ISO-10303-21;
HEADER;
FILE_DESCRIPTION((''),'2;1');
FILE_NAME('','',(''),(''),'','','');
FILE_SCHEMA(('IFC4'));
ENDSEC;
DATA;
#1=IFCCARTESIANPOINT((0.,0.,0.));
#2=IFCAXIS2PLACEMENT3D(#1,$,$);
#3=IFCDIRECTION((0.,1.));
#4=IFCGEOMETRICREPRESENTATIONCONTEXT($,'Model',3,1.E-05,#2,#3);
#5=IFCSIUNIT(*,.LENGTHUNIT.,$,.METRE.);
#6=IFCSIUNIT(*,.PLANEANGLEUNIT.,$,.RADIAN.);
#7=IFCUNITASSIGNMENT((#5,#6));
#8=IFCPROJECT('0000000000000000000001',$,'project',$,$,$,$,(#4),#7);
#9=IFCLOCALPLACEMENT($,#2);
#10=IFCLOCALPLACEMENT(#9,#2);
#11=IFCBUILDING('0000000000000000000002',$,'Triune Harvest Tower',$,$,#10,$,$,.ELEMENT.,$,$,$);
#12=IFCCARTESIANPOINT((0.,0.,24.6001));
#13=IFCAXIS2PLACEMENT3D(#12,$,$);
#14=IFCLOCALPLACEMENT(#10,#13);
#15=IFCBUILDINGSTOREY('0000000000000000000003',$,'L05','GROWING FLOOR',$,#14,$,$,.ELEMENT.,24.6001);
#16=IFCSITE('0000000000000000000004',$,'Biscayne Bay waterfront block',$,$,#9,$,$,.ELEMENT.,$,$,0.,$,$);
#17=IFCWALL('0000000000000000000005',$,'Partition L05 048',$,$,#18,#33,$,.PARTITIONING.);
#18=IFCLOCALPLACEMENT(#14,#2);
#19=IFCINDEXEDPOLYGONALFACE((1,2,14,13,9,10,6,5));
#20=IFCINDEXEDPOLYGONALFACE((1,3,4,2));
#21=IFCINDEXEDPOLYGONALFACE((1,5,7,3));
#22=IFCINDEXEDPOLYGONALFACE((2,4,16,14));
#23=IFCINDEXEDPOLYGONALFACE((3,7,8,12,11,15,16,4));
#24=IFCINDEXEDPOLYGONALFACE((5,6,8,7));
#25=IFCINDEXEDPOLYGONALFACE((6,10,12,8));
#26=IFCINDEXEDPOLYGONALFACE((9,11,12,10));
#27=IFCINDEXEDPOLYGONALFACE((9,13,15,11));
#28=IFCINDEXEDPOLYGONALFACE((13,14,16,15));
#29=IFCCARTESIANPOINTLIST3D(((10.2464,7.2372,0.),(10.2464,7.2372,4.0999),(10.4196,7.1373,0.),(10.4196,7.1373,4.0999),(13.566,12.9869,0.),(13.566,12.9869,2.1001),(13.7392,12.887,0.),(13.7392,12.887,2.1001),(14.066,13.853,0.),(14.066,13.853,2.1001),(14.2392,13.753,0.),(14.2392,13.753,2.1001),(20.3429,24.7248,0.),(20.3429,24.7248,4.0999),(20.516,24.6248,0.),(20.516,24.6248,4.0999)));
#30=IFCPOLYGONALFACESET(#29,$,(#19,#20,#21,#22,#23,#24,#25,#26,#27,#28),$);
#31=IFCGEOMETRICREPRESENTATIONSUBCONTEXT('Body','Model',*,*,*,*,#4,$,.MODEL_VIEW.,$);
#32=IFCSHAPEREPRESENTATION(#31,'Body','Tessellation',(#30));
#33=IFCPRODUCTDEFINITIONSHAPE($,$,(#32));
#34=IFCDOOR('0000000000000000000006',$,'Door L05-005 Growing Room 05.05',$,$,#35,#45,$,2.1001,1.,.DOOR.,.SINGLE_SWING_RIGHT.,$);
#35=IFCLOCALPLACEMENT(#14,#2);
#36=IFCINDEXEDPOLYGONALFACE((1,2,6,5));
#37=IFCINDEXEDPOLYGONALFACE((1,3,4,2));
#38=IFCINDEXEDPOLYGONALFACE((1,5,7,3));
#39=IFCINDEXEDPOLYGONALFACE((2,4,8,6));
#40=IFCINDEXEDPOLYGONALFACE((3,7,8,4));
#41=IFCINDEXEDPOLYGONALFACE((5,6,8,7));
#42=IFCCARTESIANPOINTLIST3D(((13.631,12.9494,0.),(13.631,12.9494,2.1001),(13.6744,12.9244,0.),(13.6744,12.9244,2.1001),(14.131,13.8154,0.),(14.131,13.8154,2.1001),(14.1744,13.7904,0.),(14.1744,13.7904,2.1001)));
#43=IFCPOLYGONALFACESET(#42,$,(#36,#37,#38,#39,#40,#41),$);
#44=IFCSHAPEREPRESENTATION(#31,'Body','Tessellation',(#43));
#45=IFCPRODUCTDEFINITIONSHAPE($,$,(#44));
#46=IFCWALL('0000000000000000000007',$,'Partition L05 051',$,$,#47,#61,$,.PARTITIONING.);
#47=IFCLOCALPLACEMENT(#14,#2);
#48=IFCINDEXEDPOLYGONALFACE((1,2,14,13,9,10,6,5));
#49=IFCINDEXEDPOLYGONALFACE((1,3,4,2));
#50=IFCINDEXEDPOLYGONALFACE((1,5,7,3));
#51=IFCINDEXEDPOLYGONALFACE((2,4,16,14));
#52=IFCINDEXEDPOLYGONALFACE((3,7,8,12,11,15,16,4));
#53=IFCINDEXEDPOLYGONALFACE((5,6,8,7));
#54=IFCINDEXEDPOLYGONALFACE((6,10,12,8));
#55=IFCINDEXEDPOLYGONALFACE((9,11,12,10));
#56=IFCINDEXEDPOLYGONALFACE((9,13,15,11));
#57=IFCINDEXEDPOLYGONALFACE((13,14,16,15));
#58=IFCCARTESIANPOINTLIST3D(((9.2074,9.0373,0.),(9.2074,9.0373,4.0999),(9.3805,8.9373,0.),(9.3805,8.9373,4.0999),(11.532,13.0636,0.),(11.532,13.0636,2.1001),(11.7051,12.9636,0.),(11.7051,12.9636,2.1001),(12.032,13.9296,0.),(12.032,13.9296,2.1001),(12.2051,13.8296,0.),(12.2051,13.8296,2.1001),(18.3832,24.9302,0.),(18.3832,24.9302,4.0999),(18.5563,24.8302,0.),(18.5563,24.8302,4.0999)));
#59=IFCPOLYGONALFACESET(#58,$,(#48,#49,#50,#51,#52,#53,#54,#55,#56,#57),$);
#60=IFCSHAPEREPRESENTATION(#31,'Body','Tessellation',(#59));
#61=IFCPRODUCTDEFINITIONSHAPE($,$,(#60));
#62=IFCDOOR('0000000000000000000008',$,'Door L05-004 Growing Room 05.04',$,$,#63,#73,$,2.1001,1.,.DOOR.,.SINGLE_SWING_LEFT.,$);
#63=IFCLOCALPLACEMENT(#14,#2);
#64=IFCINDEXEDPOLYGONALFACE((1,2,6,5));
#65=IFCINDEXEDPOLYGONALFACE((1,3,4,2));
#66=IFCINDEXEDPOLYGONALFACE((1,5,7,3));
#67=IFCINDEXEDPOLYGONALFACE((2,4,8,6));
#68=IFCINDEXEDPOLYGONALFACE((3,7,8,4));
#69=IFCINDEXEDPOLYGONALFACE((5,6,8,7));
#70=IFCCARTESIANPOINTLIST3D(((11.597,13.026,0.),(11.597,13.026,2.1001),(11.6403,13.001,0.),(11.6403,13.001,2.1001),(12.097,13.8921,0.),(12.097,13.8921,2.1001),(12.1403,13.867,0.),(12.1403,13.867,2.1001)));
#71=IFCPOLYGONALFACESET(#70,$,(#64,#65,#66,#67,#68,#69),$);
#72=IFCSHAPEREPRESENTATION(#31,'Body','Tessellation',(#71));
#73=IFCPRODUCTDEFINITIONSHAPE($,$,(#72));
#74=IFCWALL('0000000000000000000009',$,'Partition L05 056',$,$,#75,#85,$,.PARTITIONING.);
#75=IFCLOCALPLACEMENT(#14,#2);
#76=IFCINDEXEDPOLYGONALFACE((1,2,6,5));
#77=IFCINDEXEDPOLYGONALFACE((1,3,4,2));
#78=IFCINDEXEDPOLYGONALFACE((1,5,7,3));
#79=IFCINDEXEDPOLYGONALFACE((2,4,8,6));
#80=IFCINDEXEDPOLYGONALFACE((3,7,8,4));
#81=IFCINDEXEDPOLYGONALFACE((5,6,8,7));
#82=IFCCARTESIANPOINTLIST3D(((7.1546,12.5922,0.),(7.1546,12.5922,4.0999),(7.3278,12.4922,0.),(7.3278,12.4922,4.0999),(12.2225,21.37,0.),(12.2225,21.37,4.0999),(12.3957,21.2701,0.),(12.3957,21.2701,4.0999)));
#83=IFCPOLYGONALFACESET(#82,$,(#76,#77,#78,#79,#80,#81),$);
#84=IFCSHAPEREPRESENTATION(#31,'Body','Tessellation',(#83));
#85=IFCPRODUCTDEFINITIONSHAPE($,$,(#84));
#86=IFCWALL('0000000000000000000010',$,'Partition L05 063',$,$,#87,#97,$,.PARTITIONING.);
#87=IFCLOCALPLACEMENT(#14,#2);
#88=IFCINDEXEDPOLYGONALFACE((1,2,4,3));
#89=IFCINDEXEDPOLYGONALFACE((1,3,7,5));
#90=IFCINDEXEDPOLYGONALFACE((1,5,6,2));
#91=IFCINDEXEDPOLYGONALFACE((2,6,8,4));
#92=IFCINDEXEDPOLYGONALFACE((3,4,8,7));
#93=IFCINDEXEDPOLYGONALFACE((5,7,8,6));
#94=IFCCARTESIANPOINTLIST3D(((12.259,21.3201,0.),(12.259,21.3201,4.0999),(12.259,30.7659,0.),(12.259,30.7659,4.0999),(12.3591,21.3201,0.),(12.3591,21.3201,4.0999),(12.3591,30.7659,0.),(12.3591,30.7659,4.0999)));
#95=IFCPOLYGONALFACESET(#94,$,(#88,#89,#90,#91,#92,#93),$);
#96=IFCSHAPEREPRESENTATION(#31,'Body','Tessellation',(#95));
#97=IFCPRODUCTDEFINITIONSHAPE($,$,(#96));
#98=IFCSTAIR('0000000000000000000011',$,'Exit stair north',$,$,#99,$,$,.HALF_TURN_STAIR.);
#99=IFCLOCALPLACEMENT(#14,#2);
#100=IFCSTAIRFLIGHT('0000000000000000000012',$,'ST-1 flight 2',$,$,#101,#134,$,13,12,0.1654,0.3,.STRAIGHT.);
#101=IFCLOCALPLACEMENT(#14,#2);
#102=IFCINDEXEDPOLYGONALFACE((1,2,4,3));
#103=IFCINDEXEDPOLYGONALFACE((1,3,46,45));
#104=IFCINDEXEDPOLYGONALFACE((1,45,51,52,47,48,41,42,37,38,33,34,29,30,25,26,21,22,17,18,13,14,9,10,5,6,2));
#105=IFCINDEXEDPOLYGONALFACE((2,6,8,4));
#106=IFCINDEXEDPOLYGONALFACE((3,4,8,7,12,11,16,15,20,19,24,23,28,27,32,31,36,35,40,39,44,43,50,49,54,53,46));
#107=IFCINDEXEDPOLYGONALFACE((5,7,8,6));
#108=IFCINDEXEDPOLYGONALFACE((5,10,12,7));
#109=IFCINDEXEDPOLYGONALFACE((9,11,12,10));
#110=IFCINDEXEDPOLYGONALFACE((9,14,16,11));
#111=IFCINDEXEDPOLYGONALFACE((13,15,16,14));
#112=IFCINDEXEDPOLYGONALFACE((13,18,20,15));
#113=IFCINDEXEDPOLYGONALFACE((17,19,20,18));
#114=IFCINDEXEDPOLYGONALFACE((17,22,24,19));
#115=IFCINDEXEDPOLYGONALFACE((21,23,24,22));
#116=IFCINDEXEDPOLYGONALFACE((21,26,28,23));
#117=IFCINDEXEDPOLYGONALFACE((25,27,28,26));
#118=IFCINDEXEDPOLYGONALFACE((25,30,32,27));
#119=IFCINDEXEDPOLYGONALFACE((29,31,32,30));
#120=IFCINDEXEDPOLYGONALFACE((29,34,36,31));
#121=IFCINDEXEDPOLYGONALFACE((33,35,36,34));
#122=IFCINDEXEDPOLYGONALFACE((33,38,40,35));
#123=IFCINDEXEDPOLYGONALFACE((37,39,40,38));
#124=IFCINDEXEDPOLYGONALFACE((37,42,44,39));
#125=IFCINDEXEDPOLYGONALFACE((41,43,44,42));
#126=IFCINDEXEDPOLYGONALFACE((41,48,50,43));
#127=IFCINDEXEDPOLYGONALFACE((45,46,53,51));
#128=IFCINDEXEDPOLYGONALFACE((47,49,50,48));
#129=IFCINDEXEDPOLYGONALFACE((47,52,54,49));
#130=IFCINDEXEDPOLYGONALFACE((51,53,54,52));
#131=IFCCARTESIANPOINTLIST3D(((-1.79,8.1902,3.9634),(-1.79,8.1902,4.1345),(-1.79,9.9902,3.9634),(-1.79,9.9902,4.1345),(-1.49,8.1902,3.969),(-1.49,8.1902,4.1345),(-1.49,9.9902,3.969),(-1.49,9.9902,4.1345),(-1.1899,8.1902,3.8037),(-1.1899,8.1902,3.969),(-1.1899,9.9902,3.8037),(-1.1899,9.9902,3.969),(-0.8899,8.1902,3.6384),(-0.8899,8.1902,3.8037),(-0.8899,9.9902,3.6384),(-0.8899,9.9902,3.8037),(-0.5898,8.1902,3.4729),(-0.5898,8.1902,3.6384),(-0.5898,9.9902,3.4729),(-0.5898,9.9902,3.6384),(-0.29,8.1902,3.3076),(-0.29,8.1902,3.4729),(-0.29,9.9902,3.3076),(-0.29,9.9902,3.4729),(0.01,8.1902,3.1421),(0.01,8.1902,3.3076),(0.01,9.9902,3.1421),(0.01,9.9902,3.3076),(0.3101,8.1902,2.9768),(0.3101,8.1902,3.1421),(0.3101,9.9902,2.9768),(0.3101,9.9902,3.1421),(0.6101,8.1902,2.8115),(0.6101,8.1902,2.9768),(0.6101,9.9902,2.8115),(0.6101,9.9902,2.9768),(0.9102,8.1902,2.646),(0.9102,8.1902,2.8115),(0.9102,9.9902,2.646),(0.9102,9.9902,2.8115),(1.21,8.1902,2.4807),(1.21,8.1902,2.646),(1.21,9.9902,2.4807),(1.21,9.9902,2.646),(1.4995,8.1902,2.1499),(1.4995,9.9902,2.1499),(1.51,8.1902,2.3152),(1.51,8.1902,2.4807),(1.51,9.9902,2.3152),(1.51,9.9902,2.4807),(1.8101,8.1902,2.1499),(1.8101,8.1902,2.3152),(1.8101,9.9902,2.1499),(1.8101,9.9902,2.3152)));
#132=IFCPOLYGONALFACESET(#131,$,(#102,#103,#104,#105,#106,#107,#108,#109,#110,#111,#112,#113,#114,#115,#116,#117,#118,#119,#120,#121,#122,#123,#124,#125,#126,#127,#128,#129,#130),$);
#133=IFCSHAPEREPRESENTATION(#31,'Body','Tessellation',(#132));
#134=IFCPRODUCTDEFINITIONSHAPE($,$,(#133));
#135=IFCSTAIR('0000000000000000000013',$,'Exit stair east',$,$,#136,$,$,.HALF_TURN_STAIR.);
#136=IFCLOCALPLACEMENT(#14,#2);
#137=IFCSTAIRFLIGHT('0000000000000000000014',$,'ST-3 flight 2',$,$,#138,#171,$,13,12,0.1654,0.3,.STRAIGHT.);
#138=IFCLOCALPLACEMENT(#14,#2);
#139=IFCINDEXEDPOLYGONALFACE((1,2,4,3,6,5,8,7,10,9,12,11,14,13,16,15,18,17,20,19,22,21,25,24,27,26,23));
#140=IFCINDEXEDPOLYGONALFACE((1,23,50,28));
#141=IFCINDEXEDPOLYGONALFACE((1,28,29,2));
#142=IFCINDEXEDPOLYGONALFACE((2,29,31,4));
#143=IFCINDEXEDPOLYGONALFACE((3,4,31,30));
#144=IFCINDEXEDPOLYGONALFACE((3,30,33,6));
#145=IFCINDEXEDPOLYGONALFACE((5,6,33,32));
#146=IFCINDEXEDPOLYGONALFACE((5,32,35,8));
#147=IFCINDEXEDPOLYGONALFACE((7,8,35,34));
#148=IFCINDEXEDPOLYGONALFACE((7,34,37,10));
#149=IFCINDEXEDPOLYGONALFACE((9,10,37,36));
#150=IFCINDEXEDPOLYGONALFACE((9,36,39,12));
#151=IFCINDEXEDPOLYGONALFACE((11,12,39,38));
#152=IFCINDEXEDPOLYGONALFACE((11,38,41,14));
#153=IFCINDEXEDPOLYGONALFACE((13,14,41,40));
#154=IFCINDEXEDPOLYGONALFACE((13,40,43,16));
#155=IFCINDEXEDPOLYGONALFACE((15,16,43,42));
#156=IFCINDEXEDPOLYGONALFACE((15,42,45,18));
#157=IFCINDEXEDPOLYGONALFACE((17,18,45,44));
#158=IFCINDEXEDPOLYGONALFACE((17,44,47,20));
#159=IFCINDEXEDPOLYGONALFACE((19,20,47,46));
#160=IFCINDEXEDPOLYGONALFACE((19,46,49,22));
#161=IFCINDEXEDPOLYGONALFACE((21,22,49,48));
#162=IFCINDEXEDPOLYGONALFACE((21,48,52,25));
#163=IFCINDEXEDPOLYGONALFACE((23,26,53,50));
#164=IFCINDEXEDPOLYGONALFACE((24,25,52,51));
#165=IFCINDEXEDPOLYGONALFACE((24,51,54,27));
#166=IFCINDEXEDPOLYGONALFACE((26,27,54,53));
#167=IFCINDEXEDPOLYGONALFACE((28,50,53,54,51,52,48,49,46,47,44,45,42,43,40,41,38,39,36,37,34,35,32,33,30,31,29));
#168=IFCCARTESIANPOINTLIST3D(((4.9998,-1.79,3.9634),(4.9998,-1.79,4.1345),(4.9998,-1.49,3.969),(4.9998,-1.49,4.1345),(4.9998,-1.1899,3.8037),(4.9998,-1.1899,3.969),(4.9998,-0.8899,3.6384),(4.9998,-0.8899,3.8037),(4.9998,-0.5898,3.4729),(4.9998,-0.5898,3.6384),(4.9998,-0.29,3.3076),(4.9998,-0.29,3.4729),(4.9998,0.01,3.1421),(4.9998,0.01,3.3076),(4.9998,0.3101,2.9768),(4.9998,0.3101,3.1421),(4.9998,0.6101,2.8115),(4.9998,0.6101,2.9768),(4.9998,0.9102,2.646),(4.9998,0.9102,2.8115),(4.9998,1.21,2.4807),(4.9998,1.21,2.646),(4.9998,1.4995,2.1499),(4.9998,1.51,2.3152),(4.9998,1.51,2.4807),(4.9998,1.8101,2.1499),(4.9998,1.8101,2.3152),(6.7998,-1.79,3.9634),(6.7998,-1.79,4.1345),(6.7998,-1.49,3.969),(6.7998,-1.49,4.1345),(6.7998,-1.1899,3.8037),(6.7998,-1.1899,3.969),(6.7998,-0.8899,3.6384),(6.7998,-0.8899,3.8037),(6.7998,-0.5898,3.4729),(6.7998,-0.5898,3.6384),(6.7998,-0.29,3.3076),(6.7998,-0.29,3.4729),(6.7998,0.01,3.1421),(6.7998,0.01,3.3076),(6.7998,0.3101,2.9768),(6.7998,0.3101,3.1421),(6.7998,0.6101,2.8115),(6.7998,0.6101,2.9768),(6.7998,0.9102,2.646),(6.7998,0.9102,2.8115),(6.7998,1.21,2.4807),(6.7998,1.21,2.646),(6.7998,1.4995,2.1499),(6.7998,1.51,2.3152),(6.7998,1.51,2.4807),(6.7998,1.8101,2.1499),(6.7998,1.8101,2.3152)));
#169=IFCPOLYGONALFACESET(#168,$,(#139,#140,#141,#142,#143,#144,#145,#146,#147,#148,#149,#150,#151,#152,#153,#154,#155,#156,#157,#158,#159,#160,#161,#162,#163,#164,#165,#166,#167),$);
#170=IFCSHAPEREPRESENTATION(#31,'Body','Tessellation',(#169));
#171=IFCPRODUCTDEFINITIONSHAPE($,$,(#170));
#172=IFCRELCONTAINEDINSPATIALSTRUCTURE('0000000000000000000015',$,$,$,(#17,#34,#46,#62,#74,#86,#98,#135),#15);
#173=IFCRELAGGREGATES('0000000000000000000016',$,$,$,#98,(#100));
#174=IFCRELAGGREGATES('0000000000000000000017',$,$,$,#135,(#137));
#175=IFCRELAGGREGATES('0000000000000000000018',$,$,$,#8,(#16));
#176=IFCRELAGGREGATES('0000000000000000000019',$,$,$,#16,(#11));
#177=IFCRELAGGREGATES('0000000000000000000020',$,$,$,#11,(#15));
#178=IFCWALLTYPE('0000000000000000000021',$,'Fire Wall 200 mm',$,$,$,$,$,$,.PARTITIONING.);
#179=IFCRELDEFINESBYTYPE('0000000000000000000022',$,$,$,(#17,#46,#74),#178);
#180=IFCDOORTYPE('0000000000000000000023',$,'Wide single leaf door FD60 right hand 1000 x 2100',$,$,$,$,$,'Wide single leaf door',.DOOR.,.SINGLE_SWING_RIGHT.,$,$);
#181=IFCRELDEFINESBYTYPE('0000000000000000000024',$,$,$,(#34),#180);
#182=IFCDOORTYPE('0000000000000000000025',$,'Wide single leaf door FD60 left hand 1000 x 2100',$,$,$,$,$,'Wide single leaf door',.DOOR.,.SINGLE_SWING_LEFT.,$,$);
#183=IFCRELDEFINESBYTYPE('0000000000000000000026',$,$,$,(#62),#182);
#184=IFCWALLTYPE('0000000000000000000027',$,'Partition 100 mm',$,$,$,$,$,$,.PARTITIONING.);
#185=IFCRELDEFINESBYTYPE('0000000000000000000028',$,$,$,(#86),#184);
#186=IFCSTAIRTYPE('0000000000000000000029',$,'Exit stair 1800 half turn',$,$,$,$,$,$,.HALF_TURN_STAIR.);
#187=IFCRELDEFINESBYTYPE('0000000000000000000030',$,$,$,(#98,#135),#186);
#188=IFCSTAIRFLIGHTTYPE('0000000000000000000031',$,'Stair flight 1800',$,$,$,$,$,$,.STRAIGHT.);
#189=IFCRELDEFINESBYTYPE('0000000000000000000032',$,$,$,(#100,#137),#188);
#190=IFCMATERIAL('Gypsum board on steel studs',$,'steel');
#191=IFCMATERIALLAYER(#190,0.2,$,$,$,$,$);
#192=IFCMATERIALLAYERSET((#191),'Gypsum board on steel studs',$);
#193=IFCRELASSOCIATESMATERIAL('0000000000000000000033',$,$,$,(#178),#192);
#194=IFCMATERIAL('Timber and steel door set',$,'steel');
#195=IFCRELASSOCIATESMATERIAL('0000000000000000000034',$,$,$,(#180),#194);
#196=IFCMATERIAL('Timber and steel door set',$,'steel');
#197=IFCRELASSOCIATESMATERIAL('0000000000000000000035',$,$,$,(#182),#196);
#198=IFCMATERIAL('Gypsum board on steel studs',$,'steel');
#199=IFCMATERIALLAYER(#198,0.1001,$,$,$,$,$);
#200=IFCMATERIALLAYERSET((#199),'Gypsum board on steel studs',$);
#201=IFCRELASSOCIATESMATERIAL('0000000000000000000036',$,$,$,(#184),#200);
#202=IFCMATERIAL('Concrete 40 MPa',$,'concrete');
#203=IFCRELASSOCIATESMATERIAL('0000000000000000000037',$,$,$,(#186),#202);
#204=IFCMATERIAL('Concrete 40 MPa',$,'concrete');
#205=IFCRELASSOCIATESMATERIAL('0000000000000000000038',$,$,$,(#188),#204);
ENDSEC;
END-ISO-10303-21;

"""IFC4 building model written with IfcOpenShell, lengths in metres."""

from ifc_helpers import new_model, si_unit, direction, frame, frame_2d, origin, place, context, subcontext, project, spatial, polyline, rectangle, outline, extrude, source, transform, mapped, material, layer, layer_set, type_object, element, fill, aggregate, save


model = new_model("IFC4")

# Units and contexts
model_context = context("Model", 3, precision=1e-05, world=origin(), true_north=direction((0.0, 1.0)))
body_context = subcontext(model_context, "Body", "Model", "MODEL_VIEW")
ifc_project = project(units=[si_unit("LENGTHUNIT", "METRE"), si_unit("PLANEANGLEUNIT", "RADIAN")], contexts=[model_context])

# Site, building, storey
site_placement = place(None, origin())
site = spatial("IfcSite", under=ifc_project, at=site_placement, Name="Biscayne Bay waterfront block", CompositionType="ELEMENT", RefElevation=0.0)
building_placement = place(site_placement, origin())
building = spatial("IfcBuilding", under=site, at=building_placement, Name="Triune Harvest Tower", CompositionType="ELEMENT")
storey_placement = place(building_placement, frame((0.0, 0.0, 24.6001)))
storey = spatial("IfcBuildingStorey", under=building, at=storey_placement, Name="L05", Description="GROWING FLOOR", CompositionType="ELEMENT", Elevation=24.6001)

# Shared definitions
ifc_material_1 = material(Name="Gypsum board on steel studs", Category="steel")
ifc_layer_1 = layer(ifc_material_1, 0.2)
ifc_layer_set_1 = layer_set([ifc_layer_1], Name="Gypsum board on steel studs")
wall_type_1 = type_object("IfcWallType", Name="Fire Wall 200 mm", PredefinedType="PARTITIONING", material=ifc_layer_set_1)

# Walls, openings, doors
ifc_material_2 = material(Name="Timber and steel door set", Category="steel")
door_type_1 = type_object("IfcDoorType", Name="Wide single leaf door FD60 right hand 1000 x 2100", ElementType="Wide single leaf door", OperationType="SINGLE_SWING_RIGHT", PredefinedType="DOOR", material=ifc_material_2)
shared_shape_1 = source(origin(), body_context, "Body", "SweptSolid", [
    extrude(rectangle(XDim=20.1929, YDim=0.2, at=frame_2d((10.0964, 0.0))), origin(), (0.0, 0.0, 1.0), 4.0999),
])
wall_1_placement = place(storey_placement, frame((10.333, 7.1873, 0.0), z_axis=(0.0, 0.0, 1.0), x_axis=(0.5, 0.866026, 0.0)))
wall_1 = element("IfcWall", 1, at=wall_1_placement, inside=storey, type_object=wall_type_1, Name="Partition L05 048", PredefinedType="PARTITIONING", context=body_context, shape_type="MappedRepresentation", body=[
    mapped(shared_shape_1, transform((0.0, 0.0, 0.0), scale=1.0)),
])
opening_1_placement = place(wall_1_placement, frame((6.6392, 0.0, 0.0)))
opening_1 = element("IfcOpeningElement", 2, at=opening_1_placement, cuts=wall_1, PredefinedType="OPENING", context=body_context, shape_type="SweptSolid", body=[
    extrude(rectangle(XDim=1.0, YDim=2.1001, at=frame_2d((0.5, 1.05))), frame((0.0, 0.1099, 0.0), z_axis=(0.0, -1.0, 0.0), x_axis=(1.0, 0.0, 0.0)), (0.0, 0.0, 1.0), 0.22),
])
door_1_placement = place(opening_1_placement, origin())
door_1 = element("IfcDoor", 3, at=door_1_placement, inside=storey, type_object=door_type_1, Name="Door L05-005 Growing Room 05.05", OperationType="SINGLE_SWING_RIGHT", OverallHeight=2.1001, OverallWidth=1.0, PredefinedType="DOOR", context=body_context, shape_type="SweptSolid", body=[
    extrude(rectangle(XDim=1.0, YDim=2.1001, at=frame_2d((0.5, 1.05))), frame((0.0, 0.0249, 0.0), z_axis=(0.0, -1.0, 0.0), x_axis=(1.0, 0.0, 0.0)), (0.0, 0.0, 1.0), 0.05),
])
fill(opening_1, door_1)
shared_shape_2 = source(origin(), body_context, "Body", "SweptSolid", [
    extrude(rectangle(XDim=18.3516, YDim=0.2, at=frame_2d((9.1758, 0.0))), origin(), (0.0, 0.0, 1.0), 4.0999),
])
wall_2_placement = place(storey_placement, frame((9.2939, 8.9873, 0.0), z_axis=(0.0, 0.0, 1.0), x_axis=(0.500002, 0.866024, 0.0)))
wall_2 = element("IfcWall", 4, at=wall_2_placement, inside=storey, type_object=wall_type_1, Name="Partition L05 051", PredefinedType="PARTITIONING", context=body_context, shape_type="MappedRepresentation", body=[
    mapped(shared_shape_2, transform((0.0, 0.0, 0.0), scale=1.0)),
])
opening_2_placement = place(wall_2_placement, frame((4.6492, 0.0, 0.0)))
opening_2 = element("IfcOpeningElement", 5, at=opening_2_placement, cuts=wall_2, PredefinedType="OPENING", context=body_context, shape_type="SweptSolid", body=[
    extrude(rectangle(XDim=1.0, YDim=2.1001, at=frame_2d((0.5, 1.05))), frame((0.0, 0.1099, 0.0), z_axis=(0.0, -1.0, 0.0), x_axis=(1.0, 0.0, 0.0)), (0.0, 0.0, 1.0), 0.22),
])
ifc_material_3 = material(Name="Timber and steel door set", Category="steel")
door_type_2 = type_object("IfcDoorType", Name="Wide single leaf door FD60 left hand 1000 x 2100", ElementType="Wide single leaf door", OperationType="SINGLE_SWING_LEFT", PredefinedType="DOOR", material=ifc_material_3)
door_2_placement = place(opening_2_placement, origin())
door_2 = element("IfcDoor", 6, at=door_2_placement, inside=storey, type_object=door_type_2, Name="Door L05-004 Growing Room 05.04", OperationType="SINGLE_SWING_LEFT", OverallHeight=2.1001, OverallWidth=1.0, PredefinedType="DOOR", context=body_context, shape_type="SweptSolid", body=[
    extrude(rectangle(XDim=1.0, YDim=2.1001, at=frame_2d((0.5, 1.05))), frame((0.0, 0.0249, 0.0), z_axis=(0.0, -1.0, 0.0), x_axis=(1.0, 0.0, 0.0)), (0.0, 0.0, 1.0), 0.05),
])
fill(opening_2, door_2)

# Walls
shared_shape_3 = source(origin(), body_context, "Body", "SweptSolid", [
    extrude(rectangle(XDim=10.1357, YDim=0.2, at=frame_2d((5.0679, 0.0))), origin(), (0.0, 0.0, 1.0), 4.0999),
])
wall_3_placement = place(storey_placement, frame((7.2412, 12.5422, 0.0), z_axis=(0.0, 0.0, 1.0), x_axis=(0.499999, 0.866026, 0.0)))
element("IfcWall", 7, at=wall_3_placement, inside=storey, type_object=wall_type_1, Name="Partition L05 056", PredefinedType="PARTITIONING", context=body_context, shape_type="MappedRepresentation", body=[
    mapped(shared_shape_3, transform((0.0, 0.0, 0.0), scale=1.0)),
])
ifc_material_4 = material(Name="Gypsum board on steel studs", Category="steel")
ifc_layer_2 = layer(ifc_material_4, 0.1001)
ifc_layer_set_2 = layer_set([ifc_layer_2], Name="Gypsum board on steel studs")
wall_type_2 = type_object("IfcWallType", Name="Partition 100 mm", PredefinedType="PARTITIONING", material=ifc_layer_set_2)
shared_shape_4 = source(origin(), body_context, "Body", "SweptSolid", [
    extrude(rectangle(XDim=9.4458, YDim=0.1001, at=frame_2d((4.7229, 0.0))), origin(), (0.0, 0.0, 1.0), 4.0999),
])
wall_4_placement = place(storey_placement, frame((12.3091, 21.3201, 0.0), z_axis=(0.0, 0.0, 1.0), x_axis=(0.0, 1.0, 0.0)))
element("IfcWall", 8, at=wall_4_placement, inside=storey, type_object=wall_type_2, Name="Partition L05 063", PredefinedType="PARTITIONING", context=body_context, shape_type="MappedRepresentation", body=[
    mapped(shared_shape_4, transform((0.0, 0.0, 0.0), scale=1.0)),
])

# Stairs, stair flights
ifc_material_5 = material(Name="Concrete 40 MPa", Category="concrete")
stair_type = type_object("IfcStairType", Name="Exit stair 1800 half turn", PredefinedType="HALF_TURN_STAIR", material=ifc_material_5)
stair_1_placement = place(storey_placement, origin())
stair_1 = element("IfcStair", 9, at=stair_1_placement, inside=storey, type_object=stair_type, Name="Exit stair north", PredefinedType="HALF_TURN_STAIR")
ifc_material_6 = material(Name="Concrete 40 MPa", Category="concrete")
stair_flight_type = type_object("IfcStairFlightType", Name="Stair flight 1800", PredefinedType="STRAIGHT", material=ifc_material_6)
shared_shape_5 = source(origin(), body_context, "Body", "SweptSolid", [
    extrude(outline(polyline([(0.0, 0.0), (0.0, 0.1653), (0.3, 0.1653), (0.3, 0.3308), (0.6001, 0.3308), (0.6001, 0.4961), (0.8999, 0.4961), (0.8999, 0.6616), (1.2, 0.6616), (1.2, 0.8269), (1.5, 0.8269), (1.5, 0.9922), (1.8, 0.9922), (1.8, 1.1577), (2.1001, 1.1577), (2.1001, 1.323), (2.3999, 1.323), (2.3999, 1.4885), (2.7, 1.4885), (2.7, 1.6538), (3.0, 1.6538), (3.0, 1.8191), (3.3, 1.8191), (3.3, 1.9846), (3.6001, 1.9846), (3.6001, 2.1499), (3.6001, 1.8135), (0.3105, 0.0), (0.0, 0.0)])), frame((0.0, 0.8999, 0.0), z_axis=(0.0, -1.0, 0.0), x_axis=(1.0, 0.0, 0.0)), (0.0, 0.0, 1.0), 1.8),
])
stair_flight_1_placement = place(storey_placement, frame((1.8101, 9.0901, 2.1499), z_axis=(0.0, 0.0, 1.0), x_axis=(-1.0, 0.0, 0.0)))
stair_flight_1 = element("IfcStairFlight", 10, at=stair_flight_1_placement, type_object=stair_flight_type, Name="ST-1 flight 2", NumberOfRisers=13, NumberOfTreads=12, PredefinedType="STRAIGHT", RiserHeight=0.1654, TreadLength=0.3, context=body_context, shape_type="MappedRepresentation", body=[
    mapped(shared_shape_5, transform((0.0, 0.0, 0.0), scale=1.0)),
])
aggregate(stair_1, [stair_flight_1])
stair_2_placement = place(storey_placement, origin())
stair_2 = element("IfcStair", 11, at=stair_2_placement, inside=storey, type_object=stair_type, Name="Exit stair east", PredefinedType="HALF_TURN_STAIR")
stair_flight_2_placement = place(storey_placement, frame((5.8999, 1.8101, 2.1499), z_axis=(0.0, 0.0, 1.0), x_axis=(0.0, -1.0, 0.0)))
stair_flight_2 = element("IfcStairFlight", 12, at=stair_flight_2_placement, type_object=stair_flight_type, Name="ST-3 flight 2", NumberOfRisers=13, NumberOfTreads=12, PredefinedType="STRAIGHT", RiserHeight=0.1654, TreadLength=0.3, context=body_context, shape_type="MappedRepresentation", body=[
    mapped(shared_shape_5, transform((0.0, 0.0, 0.0), scale=1.0)),
])
aggregate(stair_2, [stair_flight_2])

save(model, "model.ifc")
